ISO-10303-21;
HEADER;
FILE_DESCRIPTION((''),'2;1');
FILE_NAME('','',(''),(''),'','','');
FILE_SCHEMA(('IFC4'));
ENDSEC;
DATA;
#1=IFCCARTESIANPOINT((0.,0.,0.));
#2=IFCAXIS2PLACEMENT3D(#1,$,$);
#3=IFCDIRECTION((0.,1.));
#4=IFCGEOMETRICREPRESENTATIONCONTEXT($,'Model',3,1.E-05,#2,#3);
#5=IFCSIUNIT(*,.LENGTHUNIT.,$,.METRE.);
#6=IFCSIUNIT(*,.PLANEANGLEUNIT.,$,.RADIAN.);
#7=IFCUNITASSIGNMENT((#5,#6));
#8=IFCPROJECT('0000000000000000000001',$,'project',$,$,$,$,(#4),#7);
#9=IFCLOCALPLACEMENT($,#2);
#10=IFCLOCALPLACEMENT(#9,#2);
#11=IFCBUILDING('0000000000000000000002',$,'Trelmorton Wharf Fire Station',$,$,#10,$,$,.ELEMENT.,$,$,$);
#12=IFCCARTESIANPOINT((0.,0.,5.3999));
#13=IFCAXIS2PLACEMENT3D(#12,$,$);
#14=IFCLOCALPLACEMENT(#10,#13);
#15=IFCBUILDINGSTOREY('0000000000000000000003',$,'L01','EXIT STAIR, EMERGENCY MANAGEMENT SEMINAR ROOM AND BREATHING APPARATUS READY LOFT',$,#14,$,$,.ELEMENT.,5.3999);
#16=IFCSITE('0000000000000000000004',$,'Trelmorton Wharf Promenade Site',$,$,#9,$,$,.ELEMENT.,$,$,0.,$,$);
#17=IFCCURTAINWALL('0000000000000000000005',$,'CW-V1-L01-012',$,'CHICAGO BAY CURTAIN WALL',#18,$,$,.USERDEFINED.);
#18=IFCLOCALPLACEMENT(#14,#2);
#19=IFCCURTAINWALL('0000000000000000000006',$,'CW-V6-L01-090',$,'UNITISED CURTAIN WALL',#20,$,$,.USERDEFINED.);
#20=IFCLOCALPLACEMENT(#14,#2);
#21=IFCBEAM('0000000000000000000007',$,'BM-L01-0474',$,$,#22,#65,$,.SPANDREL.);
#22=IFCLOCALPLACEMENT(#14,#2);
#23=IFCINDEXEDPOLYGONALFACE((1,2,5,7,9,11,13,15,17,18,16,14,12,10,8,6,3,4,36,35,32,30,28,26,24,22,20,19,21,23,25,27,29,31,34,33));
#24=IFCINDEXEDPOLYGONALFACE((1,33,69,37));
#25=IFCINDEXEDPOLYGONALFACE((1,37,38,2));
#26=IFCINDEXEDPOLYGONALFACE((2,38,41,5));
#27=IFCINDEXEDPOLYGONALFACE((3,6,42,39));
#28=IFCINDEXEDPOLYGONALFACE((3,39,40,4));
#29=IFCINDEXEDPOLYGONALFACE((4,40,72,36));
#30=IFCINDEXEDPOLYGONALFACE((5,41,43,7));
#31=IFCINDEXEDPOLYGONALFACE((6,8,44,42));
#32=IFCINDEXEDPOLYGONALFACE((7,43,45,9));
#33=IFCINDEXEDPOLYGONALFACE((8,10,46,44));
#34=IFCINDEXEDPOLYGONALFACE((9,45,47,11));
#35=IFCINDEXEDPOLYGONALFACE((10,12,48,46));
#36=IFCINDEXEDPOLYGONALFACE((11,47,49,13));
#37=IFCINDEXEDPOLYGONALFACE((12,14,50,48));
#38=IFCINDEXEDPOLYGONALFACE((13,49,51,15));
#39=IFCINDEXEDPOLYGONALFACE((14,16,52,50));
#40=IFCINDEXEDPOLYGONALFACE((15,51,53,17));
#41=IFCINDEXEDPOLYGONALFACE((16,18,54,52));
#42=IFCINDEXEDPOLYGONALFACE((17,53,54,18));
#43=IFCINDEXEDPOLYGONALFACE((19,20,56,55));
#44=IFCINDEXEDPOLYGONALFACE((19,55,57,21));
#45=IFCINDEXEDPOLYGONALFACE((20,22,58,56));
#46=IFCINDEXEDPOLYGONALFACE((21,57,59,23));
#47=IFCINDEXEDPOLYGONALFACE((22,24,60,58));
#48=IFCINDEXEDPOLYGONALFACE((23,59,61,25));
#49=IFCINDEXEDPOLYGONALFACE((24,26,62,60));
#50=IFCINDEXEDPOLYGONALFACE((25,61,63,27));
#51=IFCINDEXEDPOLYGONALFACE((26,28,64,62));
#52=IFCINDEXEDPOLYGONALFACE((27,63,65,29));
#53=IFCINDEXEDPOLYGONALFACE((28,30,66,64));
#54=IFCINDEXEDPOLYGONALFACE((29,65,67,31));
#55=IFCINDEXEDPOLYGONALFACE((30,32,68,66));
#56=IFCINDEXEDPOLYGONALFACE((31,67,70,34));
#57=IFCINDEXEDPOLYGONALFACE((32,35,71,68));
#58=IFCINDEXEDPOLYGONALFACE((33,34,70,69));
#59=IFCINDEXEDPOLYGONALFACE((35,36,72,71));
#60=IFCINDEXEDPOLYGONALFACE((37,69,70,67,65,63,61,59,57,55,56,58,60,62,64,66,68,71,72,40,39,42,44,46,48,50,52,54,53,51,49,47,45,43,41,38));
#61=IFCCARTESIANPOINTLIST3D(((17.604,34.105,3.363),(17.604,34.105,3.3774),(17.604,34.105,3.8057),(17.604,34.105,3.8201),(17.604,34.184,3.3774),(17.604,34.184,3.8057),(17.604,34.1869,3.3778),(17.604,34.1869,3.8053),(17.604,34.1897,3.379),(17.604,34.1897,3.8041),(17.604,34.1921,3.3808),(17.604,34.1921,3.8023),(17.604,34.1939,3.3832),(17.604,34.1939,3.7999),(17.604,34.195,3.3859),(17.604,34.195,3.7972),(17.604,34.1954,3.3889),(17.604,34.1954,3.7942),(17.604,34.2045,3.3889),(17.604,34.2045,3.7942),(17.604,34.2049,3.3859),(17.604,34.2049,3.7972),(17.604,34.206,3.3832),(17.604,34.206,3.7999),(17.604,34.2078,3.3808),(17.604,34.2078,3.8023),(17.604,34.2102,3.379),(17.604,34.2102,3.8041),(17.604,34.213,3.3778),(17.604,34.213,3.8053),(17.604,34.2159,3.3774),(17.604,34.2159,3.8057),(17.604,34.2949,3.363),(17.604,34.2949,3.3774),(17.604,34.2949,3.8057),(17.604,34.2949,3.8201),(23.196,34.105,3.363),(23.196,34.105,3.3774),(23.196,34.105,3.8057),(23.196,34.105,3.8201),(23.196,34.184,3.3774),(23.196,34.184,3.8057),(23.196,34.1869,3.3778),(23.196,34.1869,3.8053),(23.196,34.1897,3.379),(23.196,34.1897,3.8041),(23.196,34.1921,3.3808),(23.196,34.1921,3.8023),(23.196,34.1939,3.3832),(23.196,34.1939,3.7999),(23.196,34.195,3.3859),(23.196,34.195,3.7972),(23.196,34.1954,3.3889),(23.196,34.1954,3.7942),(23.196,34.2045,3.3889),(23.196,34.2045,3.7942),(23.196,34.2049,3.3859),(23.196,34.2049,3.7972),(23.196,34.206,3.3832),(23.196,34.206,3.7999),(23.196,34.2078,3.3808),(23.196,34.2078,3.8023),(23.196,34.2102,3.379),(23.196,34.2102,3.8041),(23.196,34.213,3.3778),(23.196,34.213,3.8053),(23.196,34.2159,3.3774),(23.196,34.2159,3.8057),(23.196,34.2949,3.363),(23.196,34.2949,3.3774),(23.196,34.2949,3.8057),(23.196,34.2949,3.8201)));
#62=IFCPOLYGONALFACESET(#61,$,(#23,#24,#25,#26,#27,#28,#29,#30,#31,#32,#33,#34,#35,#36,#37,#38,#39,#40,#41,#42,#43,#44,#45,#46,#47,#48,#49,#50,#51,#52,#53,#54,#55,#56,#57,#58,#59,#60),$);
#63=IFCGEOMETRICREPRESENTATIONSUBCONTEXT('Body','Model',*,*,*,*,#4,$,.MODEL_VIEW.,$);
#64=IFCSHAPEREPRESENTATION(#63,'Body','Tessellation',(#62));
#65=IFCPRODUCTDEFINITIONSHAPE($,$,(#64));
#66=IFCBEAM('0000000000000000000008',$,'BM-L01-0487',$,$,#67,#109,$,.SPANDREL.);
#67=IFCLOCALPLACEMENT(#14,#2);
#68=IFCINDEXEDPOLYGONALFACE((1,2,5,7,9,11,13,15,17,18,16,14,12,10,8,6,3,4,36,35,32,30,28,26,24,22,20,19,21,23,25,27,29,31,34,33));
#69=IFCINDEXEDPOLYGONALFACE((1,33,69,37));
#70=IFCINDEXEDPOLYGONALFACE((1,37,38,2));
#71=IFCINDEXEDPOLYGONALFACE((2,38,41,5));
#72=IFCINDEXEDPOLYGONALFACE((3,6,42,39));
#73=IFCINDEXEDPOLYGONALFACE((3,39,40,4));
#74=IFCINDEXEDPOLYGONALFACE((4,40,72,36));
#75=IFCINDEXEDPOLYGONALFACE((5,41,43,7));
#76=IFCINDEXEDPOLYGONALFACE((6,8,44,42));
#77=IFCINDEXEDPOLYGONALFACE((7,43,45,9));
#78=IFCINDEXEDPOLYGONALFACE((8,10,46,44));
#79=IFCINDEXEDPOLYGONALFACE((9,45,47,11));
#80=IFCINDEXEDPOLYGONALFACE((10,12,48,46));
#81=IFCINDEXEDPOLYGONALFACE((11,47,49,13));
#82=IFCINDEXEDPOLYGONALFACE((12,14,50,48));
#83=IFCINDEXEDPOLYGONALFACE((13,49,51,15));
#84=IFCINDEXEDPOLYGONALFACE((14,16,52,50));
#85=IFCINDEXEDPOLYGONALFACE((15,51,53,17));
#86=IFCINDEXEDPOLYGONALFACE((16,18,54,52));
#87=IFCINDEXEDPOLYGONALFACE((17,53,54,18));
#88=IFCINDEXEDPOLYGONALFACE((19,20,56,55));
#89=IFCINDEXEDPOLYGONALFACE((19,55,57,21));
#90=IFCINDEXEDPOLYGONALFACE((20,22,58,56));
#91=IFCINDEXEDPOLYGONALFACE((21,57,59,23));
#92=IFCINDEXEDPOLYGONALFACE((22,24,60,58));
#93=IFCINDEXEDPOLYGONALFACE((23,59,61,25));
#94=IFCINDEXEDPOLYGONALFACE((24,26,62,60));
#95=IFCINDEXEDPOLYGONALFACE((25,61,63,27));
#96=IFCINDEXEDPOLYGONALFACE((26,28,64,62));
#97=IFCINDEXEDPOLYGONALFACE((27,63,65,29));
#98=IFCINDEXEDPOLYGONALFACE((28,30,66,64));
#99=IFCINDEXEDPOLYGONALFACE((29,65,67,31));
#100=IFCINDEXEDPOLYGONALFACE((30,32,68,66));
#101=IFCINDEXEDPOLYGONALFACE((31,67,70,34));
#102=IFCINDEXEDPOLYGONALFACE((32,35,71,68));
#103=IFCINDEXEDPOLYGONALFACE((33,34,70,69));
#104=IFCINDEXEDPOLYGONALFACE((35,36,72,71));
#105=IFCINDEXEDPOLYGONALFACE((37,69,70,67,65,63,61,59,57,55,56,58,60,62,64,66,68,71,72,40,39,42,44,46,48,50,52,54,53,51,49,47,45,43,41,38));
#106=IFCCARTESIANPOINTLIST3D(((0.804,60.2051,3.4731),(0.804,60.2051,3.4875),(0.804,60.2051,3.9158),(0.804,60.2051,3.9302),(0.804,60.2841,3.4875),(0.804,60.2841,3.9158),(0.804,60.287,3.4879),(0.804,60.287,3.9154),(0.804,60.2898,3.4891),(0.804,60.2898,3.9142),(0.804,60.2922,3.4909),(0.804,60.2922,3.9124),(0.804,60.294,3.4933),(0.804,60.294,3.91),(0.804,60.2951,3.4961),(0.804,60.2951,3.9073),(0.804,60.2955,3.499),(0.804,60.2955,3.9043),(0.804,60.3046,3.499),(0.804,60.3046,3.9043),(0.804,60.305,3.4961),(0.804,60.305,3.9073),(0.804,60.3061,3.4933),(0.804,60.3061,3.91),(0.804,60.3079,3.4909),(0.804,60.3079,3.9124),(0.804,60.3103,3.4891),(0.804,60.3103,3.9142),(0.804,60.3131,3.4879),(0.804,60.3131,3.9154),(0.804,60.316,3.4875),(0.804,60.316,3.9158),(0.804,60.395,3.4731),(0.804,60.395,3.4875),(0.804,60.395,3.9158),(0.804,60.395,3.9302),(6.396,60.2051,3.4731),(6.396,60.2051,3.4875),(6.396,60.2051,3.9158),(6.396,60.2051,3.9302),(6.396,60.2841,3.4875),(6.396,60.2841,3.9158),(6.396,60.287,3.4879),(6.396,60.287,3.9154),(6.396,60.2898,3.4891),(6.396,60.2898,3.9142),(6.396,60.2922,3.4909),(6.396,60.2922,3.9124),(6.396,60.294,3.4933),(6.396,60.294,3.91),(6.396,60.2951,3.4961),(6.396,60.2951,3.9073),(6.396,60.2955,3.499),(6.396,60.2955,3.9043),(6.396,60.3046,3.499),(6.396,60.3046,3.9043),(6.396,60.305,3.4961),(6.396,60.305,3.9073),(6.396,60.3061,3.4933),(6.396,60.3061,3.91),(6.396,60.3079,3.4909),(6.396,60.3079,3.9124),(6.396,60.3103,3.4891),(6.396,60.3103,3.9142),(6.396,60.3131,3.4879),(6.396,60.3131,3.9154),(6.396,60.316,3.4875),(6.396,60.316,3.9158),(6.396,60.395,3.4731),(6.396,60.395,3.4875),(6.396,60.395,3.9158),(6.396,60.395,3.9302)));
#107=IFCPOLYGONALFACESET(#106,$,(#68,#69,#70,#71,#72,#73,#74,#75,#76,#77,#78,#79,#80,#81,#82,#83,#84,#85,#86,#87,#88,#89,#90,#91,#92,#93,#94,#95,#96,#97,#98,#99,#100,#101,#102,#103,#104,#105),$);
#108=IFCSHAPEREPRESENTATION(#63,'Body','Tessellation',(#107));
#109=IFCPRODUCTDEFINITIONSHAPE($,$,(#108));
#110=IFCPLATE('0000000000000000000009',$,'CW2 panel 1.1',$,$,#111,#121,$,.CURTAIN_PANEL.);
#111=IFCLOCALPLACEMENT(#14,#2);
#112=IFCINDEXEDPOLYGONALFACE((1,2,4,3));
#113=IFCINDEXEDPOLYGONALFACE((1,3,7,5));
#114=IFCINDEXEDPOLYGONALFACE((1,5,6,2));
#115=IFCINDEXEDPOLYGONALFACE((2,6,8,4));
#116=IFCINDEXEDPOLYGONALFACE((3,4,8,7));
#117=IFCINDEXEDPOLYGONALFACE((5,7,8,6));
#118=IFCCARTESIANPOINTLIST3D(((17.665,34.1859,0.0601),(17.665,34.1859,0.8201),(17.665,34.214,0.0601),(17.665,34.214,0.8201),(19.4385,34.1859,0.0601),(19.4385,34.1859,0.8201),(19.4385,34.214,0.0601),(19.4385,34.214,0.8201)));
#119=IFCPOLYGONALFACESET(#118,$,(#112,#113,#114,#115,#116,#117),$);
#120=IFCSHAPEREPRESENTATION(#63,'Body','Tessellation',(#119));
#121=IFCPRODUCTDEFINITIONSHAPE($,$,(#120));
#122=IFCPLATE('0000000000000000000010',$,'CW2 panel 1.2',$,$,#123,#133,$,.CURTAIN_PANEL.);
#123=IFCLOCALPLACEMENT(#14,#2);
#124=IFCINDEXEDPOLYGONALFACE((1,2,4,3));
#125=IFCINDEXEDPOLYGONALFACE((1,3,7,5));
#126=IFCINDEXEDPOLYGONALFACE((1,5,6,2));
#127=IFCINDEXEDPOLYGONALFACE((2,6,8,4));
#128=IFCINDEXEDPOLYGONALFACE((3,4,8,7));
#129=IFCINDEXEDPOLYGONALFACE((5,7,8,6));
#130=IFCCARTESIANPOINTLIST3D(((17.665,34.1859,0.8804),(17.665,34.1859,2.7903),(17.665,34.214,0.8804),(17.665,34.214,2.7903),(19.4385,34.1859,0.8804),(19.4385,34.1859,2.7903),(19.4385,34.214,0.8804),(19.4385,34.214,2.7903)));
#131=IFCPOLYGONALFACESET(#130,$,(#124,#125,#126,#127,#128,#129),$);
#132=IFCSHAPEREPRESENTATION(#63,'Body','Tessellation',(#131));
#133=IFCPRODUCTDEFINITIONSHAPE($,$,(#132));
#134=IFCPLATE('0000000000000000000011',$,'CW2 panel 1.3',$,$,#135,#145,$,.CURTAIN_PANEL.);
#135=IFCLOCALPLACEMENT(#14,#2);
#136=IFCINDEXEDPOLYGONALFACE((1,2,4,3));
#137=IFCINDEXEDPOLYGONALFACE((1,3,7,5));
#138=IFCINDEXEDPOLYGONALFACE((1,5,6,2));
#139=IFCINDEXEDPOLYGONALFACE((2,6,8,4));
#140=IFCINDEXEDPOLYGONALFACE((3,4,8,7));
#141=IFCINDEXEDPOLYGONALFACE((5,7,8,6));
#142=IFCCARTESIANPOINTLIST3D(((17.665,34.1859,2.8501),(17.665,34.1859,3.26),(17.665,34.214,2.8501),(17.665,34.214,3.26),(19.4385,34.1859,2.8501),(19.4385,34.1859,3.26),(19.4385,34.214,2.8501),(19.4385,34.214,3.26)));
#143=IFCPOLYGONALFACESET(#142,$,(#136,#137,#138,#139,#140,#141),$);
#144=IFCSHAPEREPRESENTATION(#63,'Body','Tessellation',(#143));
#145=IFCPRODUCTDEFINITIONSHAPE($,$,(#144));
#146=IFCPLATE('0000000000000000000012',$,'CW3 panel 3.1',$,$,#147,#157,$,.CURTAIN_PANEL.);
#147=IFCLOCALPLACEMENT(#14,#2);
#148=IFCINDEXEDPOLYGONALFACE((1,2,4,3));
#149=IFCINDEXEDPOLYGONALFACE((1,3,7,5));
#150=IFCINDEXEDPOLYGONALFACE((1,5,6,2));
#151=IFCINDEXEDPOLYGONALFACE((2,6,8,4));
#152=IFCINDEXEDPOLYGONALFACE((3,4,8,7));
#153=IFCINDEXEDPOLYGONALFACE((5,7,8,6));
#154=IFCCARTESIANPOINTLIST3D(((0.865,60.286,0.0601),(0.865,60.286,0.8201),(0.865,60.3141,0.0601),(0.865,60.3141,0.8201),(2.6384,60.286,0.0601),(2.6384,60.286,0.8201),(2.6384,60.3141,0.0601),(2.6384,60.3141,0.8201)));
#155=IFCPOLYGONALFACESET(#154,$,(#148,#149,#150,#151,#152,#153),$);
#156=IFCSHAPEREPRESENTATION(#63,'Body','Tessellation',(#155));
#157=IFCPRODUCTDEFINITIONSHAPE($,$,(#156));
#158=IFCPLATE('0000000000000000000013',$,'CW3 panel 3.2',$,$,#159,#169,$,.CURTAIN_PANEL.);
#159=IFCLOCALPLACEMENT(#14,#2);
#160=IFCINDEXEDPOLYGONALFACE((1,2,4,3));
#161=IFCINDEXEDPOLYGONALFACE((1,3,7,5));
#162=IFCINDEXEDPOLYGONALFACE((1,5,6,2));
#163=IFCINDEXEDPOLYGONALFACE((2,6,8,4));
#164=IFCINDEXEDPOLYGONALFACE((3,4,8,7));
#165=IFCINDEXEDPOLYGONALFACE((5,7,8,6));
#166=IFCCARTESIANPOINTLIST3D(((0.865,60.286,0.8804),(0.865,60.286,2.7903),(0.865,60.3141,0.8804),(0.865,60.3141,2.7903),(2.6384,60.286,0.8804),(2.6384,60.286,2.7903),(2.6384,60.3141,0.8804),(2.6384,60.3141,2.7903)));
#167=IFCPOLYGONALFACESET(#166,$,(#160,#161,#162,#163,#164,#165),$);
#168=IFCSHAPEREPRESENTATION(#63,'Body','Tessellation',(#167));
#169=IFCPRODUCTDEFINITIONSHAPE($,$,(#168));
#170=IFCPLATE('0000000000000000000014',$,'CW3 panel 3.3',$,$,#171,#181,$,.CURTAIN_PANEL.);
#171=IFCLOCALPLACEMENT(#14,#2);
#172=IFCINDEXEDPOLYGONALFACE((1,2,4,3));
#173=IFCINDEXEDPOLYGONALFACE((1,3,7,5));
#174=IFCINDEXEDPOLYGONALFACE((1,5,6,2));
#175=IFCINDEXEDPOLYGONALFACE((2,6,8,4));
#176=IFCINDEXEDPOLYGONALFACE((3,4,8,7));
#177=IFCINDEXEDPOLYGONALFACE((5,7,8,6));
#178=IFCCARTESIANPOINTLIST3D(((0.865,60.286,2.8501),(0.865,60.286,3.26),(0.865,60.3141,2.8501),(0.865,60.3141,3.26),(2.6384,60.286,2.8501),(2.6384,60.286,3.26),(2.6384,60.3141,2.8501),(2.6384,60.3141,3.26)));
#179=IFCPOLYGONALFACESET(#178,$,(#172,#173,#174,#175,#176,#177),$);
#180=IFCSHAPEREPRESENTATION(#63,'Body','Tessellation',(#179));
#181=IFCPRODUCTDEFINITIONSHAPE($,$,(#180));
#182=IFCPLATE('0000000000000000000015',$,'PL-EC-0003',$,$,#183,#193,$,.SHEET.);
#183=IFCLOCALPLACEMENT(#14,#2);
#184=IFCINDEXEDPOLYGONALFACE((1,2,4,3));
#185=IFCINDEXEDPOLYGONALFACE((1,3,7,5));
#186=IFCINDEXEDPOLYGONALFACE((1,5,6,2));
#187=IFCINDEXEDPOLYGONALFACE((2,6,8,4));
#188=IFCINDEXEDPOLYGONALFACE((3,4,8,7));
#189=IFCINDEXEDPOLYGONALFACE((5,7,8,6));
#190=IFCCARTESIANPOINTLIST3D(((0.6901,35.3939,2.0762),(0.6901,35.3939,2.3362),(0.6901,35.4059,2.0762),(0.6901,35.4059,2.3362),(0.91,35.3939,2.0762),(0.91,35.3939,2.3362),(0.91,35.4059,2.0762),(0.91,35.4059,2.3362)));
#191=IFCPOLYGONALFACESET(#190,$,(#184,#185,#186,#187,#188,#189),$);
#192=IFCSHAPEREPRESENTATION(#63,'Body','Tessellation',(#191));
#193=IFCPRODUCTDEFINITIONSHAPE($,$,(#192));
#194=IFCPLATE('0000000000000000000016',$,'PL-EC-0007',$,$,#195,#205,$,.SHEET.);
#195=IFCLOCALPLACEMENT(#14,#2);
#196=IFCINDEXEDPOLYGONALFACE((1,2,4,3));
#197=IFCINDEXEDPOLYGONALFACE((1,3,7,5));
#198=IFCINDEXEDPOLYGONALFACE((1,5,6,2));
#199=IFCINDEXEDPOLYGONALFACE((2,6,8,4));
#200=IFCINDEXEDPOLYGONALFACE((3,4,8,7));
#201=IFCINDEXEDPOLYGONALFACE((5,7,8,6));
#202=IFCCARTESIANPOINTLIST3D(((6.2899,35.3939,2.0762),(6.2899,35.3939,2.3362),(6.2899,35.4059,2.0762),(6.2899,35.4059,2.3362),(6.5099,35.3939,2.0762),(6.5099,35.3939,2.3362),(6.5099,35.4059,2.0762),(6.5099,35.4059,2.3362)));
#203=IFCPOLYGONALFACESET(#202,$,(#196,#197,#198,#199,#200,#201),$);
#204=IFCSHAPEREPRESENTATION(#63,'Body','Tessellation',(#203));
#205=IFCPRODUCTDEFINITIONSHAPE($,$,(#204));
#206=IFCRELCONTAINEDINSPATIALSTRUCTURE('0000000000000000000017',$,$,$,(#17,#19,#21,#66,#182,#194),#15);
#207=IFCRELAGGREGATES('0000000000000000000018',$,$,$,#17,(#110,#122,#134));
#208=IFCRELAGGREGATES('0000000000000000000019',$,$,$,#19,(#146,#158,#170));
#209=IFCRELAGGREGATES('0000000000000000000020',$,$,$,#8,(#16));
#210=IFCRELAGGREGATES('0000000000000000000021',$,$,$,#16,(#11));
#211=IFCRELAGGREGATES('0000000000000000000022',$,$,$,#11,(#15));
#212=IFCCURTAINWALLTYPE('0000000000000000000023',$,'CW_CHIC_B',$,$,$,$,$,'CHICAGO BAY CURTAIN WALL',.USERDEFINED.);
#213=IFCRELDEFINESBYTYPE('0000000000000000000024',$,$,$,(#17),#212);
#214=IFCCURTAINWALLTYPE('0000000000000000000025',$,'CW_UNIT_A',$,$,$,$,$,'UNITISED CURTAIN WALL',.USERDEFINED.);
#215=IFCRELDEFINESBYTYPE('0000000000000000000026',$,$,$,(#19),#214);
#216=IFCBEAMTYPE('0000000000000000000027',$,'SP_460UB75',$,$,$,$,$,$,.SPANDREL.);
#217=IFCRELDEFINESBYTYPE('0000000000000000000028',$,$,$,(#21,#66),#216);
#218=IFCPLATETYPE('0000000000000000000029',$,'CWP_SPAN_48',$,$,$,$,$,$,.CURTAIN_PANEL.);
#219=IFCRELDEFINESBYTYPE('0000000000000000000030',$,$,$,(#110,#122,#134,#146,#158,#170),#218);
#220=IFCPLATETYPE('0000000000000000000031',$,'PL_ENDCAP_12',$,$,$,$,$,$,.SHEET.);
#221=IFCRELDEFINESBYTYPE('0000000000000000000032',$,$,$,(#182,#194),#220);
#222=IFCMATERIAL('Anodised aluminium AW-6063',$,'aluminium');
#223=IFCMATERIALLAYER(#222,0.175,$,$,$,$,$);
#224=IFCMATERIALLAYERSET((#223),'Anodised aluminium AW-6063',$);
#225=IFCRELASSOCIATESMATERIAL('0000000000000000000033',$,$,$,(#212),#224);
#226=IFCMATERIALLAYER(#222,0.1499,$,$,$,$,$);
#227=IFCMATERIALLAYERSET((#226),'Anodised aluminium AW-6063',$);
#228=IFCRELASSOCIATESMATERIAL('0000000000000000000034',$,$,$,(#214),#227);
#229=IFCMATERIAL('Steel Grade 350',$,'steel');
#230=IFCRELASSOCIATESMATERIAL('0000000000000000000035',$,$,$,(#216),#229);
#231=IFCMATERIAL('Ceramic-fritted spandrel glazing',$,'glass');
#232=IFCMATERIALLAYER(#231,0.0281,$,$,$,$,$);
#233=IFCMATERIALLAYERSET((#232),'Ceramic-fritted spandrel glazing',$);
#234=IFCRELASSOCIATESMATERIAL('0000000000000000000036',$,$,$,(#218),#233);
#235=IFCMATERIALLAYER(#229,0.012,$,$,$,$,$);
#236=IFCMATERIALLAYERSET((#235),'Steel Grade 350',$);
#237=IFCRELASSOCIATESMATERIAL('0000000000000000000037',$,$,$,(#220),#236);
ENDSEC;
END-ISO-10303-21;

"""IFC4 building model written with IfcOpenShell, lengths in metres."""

from ifc_helpers import new_model, si_unit, direction, frame, origin, origin_2d, place, context, subcontext, project, spatial, rectangle, i_section, extrude, material, layer, layer_set, material_profile, profile_set, type_object, element, aggregate, save


model = new_model("IFC4")

# Units and contexts
model_context = context("Model", 3, precision=1e-05, world=origin(), true_north=direction((0.0, 1.0)))
body_context = subcontext(model_context, "Body", "Model", "MODEL_VIEW")
ifc_project = project(units=[si_unit("LENGTHUNIT", "METRE"), si_unit("PLANEANGLEUNIT", "RADIAN")], contexts=[model_context])

# Site, building, storey
site_placement = place(None, origin())
site = spatial("IfcSite", under=ifc_project, at=site_placement, Name="Trelmorton Wharf Promenade Site", CompositionType="ELEMENT", RefElevation=0.0)
building_placement = place(site_placement, origin())
building = spatial("IfcBuilding", under=site, at=building_placement, Name="Trelmorton Wharf Fire Station", CompositionType="ELEMENT")
storey_placement = place(building_placement, frame((0.0, 0.0, 5.3999)))
storey = spatial("IfcBuildingStorey", under=building, at=storey_placement, Name="L01", Description="EXIT STAIR, EMERGENCY MANAGEMENT SEMINAR ROOM AND BREATHING APPARATUS READY LOFT", CompositionType="ELEMENT", Elevation=5.3999)

# Shared definitions
ifc_material_1 = material(Name="Steel Grade 350", Category="steel")

# Curtain walls
ifc_material_2 = material(Name="Anodised aluminium AW-6063", Category="aluminium")
ifc_layer_1 = layer(ifc_material_2, 0.175)
ifc_layer_set_1 = layer_set([ifc_layer_1], Name="Anodised aluminium AW-6063")
curtain_wall_type_1 = type_object("IfcCurtainWallType", Name="CW_CHIC_B", ElementType="CHICAGO BAY CURTAIN WALL", PredefinedType="USERDEFINED", material=ifc_layer_set_1)
curtain_wall_1_placement = place(storey_placement, origin())
curtain_wall_1 = element("IfcCurtainWall", 1, at=curtain_wall_1_placement, inside=storey, type_object=curtain_wall_type_1, Name="CW-V1-L01-012", ObjectType="CHICAGO BAY CURTAIN WALL", PredefinedType="USERDEFINED")
ifc_layer_2 = layer(ifc_material_2, 0.1499)
ifc_layer_set_2 = layer_set([ifc_layer_2], Name="Anodised aluminium AW-6063")
curtain_wall_type_2 = type_object("IfcCurtainWallType", Name="CW_UNIT_A", ElementType="UNITISED CURTAIN WALL", PredefinedType="USERDEFINED", material=ifc_layer_set_2)
curtain_wall_2_placement = place(storey_placement, origin())
curtain_wall_2 = element("IfcCurtainWall", 2, at=curtain_wall_2_placement, inside=storey, type_object=curtain_wall_type_2, Name="CW-V6-L01-090", ObjectType="UNITISED CURTAIN WALL", PredefinedType="USERDEFINED")

# Beams
ifc_material_profile_1 = material_profile(ifc_material_1, i_section(OverallWidth=0.1899, OverallDepth=0.457, WebThickness=0.009, FlangeThickness=0.0144, FilletRadius=0.0115, at=origin_2d()), Name="460UB74.6")
ifc_profile_set_1 = profile_set([ifc_material_profile_1], Name="Steel Grade 350")
beam_type = type_object("IfcBeamType", Name="SP_460UB75", PredefinedType="SPANDREL", material=ifc_profile_set_1)
for number, where, z_axis, x_axis, name in (
    (3, (17.604, 34.2, 3.5916), (1.0, 0.0, 0.0), (0.0, 1.0, 0.0), "BM-L01-0474"),
    (4, (0.804, 60.3, 3.7017), (1.0, 0.0, 0.0), (0.0, 1.0, 0.0), "BM-L01-0487"),
):
    element("IfcBeam", number, at=place(storey_placement, frame(where, z_axis=z_axis, x_axis=x_axis)), inside=storey, type_object=beam_type, Name=name, PredefinedType="SPANDREL", context=body_context, shape_type="SweptSolid", body=[
        extrude(i_section(OverallWidth=0.1899, OverallDepth=0.457, WebThickness=0.009, FlangeThickness=0.0144, FilletRadius=0.0115, at=origin_2d()), origin(), (0.0, 0.0, 1.0), 5.592),
    ])

# Plates
ifc_material_3 = material(Name="Ceramic-fritted spandrel glazing", Category="glass")
ifc_layer_3 = layer(ifc_material_3, 0.0281)
ifc_layer_set_3 = layer_set([ifc_layer_3], Name="Ceramic-fritted spandrel glazing")
plate_type_1 = type_object("IfcPlateType", Name="CWP_SPAN_48", PredefinedType="CURTAIN_PANEL", material=ifc_layer_set_3)
plate_1_placement = place(storey_placement, frame((18.5518, 34.2, 0.0601), z_axis=(0.0, 0.0, 1.0), x_axis=(1.0, 0.0, 0.0)))
plate_1 = element("IfcPlate", 5, at=plate_1_placement, type_object=plate_type_1, Name="CW2 panel 1.1", PredefinedType="CURTAIN_PANEL", context=body_context, shape_type="SweptSolid", body=[
    extrude(rectangle(XDim=1.7734, YDim=0.0281, at=origin_2d()), origin(), (0.0, 0.0, 1.0), 0.76),
])
plate_2_placement = place(storey_placement, frame((18.5518, 34.2, 0.8804), z_axis=(0.0, 0.0, 1.0), x_axis=(1.0, 0.0, 0.0)))
plate_2 = element("IfcPlate", 6, at=plate_2_placement, type_object=plate_type_1, Name="CW2 panel 1.2", PredefinedType="CURTAIN_PANEL", context=body_context, shape_type="SweptSolid", body=[
    extrude(rectangle(XDim=1.7734, YDim=0.0281, at=origin_2d()), origin(), (0.0, 0.0, 1.0), 1.9099),
])
plate_3_placement = place(storey_placement, frame((18.5518, 34.2, 2.8501), z_axis=(0.0, 0.0, 1.0), x_axis=(1.0, 0.0, 0.0)))
plate_3 = element("IfcPlate", 7, at=plate_3_placement, type_object=plate_type_1, Name="CW2 panel 1.3", PredefinedType="CURTAIN_PANEL", context=body_context, shape_type="SweptSolid", body=[
    extrude(rectangle(XDim=1.7734, YDim=0.0281, at=origin_2d()), origin(), (0.0, 0.0, 1.0), 0.4099),
])
aggregate(curtain_wall_1, [plate_1, plate_2, plate_3])
plate_4_placement = place(storey_placement, frame((1.7517, 60.3, 0.0601), z_axis=(0.0, 0.0, 1.0), x_axis=(-1.0, 0.0, 0.0)))
plate_4 = element("IfcPlate", 8, at=plate_4_placement, type_object=plate_type_1, Name="CW3 panel 3.1", PredefinedType="CURTAIN_PANEL", context=body_context, shape_type="SweptSolid", body=[
    extrude(rectangle(XDim=1.7734, YDim=0.0281, at=origin_2d()), origin(), (0.0, 0.0, 1.0), 0.76),
])
plate_5_placement = place(storey_placement, frame((1.7517, 60.3, 0.8804), z_axis=(0.0, 0.0, 1.0), x_axis=(-1.0, 0.0, 0.0)))
plate_5 = element("IfcPlate", 9, at=plate_5_placement, type_object=plate_type_1, Name="CW3 panel 3.2", PredefinedType="CURTAIN_PANEL", context=body_context, shape_type="SweptSolid", body=[
    extrude(rectangle(XDim=1.7734, YDim=0.0281, at=origin_2d()), origin(), (0.0, 0.0, 1.0), 1.9099),
])
plate_6_placement = place(storey_placement, frame((1.7517, 60.3, 2.8501), z_axis=(0.0, 0.0, 1.0), x_axis=(-1.0, 0.0, 0.0)))
plate_6 = element("IfcPlate", 10, at=plate_6_placement, type_object=plate_type_1, Name="CW3 panel 3.3", PredefinedType="CURTAIN_PANEL", context=body_context, shape_type="SweptSolid", body=[
    extrude(rectangle(XDim=1.7734, YDim=0.0281, at=origin_2d()), origin(), (0.0, 0.0, 1.0), 0.4099),
])
aggregate(curtain_wall_2, [plate_4, plate_5, plate_6])

# Plates
ifc_layer_4 = layer(ifc_material_1, 0.012)
ifc_layer_set_4 = layer_set([ifc_layer_4], Name="Steel Grade 350")
plate_type_2 = type_object("IfcPlateType", Name="PL_ENDCAP_12", PredefinedType="SHEET", material=ifc_layer_set_4)
for number, where, z_axis, x_axis, name in (
    (11, (0.8, 35.3999, 2.0762), (0.0, 0.0, 1.0), (1.0, 0.0, 0.0), "PL-EC-0003"),
    (12, (6.3999, 35.3999, 2.0762), (0.0, 0.0, 1.0), (1.0, 0.0, 0.0), "PL-EC-0007"),
):
    element("IfcPlate", number, at=place(storey_placement, frame(where, z_axis=z_axis, x_axis=x_axis)), inside=storey, type_object=plate_type_2, Name=name, PredefinedType="SHEET", context=body_context, shape_type="SweptSolid", body=[
        extrude(rectangle(XDim=0.22, YDim=0.012, at=origin_2d()), origin(), (0.0, 0.0, 1.0), 0.26),
    ])

save(model, "model.ifc")
